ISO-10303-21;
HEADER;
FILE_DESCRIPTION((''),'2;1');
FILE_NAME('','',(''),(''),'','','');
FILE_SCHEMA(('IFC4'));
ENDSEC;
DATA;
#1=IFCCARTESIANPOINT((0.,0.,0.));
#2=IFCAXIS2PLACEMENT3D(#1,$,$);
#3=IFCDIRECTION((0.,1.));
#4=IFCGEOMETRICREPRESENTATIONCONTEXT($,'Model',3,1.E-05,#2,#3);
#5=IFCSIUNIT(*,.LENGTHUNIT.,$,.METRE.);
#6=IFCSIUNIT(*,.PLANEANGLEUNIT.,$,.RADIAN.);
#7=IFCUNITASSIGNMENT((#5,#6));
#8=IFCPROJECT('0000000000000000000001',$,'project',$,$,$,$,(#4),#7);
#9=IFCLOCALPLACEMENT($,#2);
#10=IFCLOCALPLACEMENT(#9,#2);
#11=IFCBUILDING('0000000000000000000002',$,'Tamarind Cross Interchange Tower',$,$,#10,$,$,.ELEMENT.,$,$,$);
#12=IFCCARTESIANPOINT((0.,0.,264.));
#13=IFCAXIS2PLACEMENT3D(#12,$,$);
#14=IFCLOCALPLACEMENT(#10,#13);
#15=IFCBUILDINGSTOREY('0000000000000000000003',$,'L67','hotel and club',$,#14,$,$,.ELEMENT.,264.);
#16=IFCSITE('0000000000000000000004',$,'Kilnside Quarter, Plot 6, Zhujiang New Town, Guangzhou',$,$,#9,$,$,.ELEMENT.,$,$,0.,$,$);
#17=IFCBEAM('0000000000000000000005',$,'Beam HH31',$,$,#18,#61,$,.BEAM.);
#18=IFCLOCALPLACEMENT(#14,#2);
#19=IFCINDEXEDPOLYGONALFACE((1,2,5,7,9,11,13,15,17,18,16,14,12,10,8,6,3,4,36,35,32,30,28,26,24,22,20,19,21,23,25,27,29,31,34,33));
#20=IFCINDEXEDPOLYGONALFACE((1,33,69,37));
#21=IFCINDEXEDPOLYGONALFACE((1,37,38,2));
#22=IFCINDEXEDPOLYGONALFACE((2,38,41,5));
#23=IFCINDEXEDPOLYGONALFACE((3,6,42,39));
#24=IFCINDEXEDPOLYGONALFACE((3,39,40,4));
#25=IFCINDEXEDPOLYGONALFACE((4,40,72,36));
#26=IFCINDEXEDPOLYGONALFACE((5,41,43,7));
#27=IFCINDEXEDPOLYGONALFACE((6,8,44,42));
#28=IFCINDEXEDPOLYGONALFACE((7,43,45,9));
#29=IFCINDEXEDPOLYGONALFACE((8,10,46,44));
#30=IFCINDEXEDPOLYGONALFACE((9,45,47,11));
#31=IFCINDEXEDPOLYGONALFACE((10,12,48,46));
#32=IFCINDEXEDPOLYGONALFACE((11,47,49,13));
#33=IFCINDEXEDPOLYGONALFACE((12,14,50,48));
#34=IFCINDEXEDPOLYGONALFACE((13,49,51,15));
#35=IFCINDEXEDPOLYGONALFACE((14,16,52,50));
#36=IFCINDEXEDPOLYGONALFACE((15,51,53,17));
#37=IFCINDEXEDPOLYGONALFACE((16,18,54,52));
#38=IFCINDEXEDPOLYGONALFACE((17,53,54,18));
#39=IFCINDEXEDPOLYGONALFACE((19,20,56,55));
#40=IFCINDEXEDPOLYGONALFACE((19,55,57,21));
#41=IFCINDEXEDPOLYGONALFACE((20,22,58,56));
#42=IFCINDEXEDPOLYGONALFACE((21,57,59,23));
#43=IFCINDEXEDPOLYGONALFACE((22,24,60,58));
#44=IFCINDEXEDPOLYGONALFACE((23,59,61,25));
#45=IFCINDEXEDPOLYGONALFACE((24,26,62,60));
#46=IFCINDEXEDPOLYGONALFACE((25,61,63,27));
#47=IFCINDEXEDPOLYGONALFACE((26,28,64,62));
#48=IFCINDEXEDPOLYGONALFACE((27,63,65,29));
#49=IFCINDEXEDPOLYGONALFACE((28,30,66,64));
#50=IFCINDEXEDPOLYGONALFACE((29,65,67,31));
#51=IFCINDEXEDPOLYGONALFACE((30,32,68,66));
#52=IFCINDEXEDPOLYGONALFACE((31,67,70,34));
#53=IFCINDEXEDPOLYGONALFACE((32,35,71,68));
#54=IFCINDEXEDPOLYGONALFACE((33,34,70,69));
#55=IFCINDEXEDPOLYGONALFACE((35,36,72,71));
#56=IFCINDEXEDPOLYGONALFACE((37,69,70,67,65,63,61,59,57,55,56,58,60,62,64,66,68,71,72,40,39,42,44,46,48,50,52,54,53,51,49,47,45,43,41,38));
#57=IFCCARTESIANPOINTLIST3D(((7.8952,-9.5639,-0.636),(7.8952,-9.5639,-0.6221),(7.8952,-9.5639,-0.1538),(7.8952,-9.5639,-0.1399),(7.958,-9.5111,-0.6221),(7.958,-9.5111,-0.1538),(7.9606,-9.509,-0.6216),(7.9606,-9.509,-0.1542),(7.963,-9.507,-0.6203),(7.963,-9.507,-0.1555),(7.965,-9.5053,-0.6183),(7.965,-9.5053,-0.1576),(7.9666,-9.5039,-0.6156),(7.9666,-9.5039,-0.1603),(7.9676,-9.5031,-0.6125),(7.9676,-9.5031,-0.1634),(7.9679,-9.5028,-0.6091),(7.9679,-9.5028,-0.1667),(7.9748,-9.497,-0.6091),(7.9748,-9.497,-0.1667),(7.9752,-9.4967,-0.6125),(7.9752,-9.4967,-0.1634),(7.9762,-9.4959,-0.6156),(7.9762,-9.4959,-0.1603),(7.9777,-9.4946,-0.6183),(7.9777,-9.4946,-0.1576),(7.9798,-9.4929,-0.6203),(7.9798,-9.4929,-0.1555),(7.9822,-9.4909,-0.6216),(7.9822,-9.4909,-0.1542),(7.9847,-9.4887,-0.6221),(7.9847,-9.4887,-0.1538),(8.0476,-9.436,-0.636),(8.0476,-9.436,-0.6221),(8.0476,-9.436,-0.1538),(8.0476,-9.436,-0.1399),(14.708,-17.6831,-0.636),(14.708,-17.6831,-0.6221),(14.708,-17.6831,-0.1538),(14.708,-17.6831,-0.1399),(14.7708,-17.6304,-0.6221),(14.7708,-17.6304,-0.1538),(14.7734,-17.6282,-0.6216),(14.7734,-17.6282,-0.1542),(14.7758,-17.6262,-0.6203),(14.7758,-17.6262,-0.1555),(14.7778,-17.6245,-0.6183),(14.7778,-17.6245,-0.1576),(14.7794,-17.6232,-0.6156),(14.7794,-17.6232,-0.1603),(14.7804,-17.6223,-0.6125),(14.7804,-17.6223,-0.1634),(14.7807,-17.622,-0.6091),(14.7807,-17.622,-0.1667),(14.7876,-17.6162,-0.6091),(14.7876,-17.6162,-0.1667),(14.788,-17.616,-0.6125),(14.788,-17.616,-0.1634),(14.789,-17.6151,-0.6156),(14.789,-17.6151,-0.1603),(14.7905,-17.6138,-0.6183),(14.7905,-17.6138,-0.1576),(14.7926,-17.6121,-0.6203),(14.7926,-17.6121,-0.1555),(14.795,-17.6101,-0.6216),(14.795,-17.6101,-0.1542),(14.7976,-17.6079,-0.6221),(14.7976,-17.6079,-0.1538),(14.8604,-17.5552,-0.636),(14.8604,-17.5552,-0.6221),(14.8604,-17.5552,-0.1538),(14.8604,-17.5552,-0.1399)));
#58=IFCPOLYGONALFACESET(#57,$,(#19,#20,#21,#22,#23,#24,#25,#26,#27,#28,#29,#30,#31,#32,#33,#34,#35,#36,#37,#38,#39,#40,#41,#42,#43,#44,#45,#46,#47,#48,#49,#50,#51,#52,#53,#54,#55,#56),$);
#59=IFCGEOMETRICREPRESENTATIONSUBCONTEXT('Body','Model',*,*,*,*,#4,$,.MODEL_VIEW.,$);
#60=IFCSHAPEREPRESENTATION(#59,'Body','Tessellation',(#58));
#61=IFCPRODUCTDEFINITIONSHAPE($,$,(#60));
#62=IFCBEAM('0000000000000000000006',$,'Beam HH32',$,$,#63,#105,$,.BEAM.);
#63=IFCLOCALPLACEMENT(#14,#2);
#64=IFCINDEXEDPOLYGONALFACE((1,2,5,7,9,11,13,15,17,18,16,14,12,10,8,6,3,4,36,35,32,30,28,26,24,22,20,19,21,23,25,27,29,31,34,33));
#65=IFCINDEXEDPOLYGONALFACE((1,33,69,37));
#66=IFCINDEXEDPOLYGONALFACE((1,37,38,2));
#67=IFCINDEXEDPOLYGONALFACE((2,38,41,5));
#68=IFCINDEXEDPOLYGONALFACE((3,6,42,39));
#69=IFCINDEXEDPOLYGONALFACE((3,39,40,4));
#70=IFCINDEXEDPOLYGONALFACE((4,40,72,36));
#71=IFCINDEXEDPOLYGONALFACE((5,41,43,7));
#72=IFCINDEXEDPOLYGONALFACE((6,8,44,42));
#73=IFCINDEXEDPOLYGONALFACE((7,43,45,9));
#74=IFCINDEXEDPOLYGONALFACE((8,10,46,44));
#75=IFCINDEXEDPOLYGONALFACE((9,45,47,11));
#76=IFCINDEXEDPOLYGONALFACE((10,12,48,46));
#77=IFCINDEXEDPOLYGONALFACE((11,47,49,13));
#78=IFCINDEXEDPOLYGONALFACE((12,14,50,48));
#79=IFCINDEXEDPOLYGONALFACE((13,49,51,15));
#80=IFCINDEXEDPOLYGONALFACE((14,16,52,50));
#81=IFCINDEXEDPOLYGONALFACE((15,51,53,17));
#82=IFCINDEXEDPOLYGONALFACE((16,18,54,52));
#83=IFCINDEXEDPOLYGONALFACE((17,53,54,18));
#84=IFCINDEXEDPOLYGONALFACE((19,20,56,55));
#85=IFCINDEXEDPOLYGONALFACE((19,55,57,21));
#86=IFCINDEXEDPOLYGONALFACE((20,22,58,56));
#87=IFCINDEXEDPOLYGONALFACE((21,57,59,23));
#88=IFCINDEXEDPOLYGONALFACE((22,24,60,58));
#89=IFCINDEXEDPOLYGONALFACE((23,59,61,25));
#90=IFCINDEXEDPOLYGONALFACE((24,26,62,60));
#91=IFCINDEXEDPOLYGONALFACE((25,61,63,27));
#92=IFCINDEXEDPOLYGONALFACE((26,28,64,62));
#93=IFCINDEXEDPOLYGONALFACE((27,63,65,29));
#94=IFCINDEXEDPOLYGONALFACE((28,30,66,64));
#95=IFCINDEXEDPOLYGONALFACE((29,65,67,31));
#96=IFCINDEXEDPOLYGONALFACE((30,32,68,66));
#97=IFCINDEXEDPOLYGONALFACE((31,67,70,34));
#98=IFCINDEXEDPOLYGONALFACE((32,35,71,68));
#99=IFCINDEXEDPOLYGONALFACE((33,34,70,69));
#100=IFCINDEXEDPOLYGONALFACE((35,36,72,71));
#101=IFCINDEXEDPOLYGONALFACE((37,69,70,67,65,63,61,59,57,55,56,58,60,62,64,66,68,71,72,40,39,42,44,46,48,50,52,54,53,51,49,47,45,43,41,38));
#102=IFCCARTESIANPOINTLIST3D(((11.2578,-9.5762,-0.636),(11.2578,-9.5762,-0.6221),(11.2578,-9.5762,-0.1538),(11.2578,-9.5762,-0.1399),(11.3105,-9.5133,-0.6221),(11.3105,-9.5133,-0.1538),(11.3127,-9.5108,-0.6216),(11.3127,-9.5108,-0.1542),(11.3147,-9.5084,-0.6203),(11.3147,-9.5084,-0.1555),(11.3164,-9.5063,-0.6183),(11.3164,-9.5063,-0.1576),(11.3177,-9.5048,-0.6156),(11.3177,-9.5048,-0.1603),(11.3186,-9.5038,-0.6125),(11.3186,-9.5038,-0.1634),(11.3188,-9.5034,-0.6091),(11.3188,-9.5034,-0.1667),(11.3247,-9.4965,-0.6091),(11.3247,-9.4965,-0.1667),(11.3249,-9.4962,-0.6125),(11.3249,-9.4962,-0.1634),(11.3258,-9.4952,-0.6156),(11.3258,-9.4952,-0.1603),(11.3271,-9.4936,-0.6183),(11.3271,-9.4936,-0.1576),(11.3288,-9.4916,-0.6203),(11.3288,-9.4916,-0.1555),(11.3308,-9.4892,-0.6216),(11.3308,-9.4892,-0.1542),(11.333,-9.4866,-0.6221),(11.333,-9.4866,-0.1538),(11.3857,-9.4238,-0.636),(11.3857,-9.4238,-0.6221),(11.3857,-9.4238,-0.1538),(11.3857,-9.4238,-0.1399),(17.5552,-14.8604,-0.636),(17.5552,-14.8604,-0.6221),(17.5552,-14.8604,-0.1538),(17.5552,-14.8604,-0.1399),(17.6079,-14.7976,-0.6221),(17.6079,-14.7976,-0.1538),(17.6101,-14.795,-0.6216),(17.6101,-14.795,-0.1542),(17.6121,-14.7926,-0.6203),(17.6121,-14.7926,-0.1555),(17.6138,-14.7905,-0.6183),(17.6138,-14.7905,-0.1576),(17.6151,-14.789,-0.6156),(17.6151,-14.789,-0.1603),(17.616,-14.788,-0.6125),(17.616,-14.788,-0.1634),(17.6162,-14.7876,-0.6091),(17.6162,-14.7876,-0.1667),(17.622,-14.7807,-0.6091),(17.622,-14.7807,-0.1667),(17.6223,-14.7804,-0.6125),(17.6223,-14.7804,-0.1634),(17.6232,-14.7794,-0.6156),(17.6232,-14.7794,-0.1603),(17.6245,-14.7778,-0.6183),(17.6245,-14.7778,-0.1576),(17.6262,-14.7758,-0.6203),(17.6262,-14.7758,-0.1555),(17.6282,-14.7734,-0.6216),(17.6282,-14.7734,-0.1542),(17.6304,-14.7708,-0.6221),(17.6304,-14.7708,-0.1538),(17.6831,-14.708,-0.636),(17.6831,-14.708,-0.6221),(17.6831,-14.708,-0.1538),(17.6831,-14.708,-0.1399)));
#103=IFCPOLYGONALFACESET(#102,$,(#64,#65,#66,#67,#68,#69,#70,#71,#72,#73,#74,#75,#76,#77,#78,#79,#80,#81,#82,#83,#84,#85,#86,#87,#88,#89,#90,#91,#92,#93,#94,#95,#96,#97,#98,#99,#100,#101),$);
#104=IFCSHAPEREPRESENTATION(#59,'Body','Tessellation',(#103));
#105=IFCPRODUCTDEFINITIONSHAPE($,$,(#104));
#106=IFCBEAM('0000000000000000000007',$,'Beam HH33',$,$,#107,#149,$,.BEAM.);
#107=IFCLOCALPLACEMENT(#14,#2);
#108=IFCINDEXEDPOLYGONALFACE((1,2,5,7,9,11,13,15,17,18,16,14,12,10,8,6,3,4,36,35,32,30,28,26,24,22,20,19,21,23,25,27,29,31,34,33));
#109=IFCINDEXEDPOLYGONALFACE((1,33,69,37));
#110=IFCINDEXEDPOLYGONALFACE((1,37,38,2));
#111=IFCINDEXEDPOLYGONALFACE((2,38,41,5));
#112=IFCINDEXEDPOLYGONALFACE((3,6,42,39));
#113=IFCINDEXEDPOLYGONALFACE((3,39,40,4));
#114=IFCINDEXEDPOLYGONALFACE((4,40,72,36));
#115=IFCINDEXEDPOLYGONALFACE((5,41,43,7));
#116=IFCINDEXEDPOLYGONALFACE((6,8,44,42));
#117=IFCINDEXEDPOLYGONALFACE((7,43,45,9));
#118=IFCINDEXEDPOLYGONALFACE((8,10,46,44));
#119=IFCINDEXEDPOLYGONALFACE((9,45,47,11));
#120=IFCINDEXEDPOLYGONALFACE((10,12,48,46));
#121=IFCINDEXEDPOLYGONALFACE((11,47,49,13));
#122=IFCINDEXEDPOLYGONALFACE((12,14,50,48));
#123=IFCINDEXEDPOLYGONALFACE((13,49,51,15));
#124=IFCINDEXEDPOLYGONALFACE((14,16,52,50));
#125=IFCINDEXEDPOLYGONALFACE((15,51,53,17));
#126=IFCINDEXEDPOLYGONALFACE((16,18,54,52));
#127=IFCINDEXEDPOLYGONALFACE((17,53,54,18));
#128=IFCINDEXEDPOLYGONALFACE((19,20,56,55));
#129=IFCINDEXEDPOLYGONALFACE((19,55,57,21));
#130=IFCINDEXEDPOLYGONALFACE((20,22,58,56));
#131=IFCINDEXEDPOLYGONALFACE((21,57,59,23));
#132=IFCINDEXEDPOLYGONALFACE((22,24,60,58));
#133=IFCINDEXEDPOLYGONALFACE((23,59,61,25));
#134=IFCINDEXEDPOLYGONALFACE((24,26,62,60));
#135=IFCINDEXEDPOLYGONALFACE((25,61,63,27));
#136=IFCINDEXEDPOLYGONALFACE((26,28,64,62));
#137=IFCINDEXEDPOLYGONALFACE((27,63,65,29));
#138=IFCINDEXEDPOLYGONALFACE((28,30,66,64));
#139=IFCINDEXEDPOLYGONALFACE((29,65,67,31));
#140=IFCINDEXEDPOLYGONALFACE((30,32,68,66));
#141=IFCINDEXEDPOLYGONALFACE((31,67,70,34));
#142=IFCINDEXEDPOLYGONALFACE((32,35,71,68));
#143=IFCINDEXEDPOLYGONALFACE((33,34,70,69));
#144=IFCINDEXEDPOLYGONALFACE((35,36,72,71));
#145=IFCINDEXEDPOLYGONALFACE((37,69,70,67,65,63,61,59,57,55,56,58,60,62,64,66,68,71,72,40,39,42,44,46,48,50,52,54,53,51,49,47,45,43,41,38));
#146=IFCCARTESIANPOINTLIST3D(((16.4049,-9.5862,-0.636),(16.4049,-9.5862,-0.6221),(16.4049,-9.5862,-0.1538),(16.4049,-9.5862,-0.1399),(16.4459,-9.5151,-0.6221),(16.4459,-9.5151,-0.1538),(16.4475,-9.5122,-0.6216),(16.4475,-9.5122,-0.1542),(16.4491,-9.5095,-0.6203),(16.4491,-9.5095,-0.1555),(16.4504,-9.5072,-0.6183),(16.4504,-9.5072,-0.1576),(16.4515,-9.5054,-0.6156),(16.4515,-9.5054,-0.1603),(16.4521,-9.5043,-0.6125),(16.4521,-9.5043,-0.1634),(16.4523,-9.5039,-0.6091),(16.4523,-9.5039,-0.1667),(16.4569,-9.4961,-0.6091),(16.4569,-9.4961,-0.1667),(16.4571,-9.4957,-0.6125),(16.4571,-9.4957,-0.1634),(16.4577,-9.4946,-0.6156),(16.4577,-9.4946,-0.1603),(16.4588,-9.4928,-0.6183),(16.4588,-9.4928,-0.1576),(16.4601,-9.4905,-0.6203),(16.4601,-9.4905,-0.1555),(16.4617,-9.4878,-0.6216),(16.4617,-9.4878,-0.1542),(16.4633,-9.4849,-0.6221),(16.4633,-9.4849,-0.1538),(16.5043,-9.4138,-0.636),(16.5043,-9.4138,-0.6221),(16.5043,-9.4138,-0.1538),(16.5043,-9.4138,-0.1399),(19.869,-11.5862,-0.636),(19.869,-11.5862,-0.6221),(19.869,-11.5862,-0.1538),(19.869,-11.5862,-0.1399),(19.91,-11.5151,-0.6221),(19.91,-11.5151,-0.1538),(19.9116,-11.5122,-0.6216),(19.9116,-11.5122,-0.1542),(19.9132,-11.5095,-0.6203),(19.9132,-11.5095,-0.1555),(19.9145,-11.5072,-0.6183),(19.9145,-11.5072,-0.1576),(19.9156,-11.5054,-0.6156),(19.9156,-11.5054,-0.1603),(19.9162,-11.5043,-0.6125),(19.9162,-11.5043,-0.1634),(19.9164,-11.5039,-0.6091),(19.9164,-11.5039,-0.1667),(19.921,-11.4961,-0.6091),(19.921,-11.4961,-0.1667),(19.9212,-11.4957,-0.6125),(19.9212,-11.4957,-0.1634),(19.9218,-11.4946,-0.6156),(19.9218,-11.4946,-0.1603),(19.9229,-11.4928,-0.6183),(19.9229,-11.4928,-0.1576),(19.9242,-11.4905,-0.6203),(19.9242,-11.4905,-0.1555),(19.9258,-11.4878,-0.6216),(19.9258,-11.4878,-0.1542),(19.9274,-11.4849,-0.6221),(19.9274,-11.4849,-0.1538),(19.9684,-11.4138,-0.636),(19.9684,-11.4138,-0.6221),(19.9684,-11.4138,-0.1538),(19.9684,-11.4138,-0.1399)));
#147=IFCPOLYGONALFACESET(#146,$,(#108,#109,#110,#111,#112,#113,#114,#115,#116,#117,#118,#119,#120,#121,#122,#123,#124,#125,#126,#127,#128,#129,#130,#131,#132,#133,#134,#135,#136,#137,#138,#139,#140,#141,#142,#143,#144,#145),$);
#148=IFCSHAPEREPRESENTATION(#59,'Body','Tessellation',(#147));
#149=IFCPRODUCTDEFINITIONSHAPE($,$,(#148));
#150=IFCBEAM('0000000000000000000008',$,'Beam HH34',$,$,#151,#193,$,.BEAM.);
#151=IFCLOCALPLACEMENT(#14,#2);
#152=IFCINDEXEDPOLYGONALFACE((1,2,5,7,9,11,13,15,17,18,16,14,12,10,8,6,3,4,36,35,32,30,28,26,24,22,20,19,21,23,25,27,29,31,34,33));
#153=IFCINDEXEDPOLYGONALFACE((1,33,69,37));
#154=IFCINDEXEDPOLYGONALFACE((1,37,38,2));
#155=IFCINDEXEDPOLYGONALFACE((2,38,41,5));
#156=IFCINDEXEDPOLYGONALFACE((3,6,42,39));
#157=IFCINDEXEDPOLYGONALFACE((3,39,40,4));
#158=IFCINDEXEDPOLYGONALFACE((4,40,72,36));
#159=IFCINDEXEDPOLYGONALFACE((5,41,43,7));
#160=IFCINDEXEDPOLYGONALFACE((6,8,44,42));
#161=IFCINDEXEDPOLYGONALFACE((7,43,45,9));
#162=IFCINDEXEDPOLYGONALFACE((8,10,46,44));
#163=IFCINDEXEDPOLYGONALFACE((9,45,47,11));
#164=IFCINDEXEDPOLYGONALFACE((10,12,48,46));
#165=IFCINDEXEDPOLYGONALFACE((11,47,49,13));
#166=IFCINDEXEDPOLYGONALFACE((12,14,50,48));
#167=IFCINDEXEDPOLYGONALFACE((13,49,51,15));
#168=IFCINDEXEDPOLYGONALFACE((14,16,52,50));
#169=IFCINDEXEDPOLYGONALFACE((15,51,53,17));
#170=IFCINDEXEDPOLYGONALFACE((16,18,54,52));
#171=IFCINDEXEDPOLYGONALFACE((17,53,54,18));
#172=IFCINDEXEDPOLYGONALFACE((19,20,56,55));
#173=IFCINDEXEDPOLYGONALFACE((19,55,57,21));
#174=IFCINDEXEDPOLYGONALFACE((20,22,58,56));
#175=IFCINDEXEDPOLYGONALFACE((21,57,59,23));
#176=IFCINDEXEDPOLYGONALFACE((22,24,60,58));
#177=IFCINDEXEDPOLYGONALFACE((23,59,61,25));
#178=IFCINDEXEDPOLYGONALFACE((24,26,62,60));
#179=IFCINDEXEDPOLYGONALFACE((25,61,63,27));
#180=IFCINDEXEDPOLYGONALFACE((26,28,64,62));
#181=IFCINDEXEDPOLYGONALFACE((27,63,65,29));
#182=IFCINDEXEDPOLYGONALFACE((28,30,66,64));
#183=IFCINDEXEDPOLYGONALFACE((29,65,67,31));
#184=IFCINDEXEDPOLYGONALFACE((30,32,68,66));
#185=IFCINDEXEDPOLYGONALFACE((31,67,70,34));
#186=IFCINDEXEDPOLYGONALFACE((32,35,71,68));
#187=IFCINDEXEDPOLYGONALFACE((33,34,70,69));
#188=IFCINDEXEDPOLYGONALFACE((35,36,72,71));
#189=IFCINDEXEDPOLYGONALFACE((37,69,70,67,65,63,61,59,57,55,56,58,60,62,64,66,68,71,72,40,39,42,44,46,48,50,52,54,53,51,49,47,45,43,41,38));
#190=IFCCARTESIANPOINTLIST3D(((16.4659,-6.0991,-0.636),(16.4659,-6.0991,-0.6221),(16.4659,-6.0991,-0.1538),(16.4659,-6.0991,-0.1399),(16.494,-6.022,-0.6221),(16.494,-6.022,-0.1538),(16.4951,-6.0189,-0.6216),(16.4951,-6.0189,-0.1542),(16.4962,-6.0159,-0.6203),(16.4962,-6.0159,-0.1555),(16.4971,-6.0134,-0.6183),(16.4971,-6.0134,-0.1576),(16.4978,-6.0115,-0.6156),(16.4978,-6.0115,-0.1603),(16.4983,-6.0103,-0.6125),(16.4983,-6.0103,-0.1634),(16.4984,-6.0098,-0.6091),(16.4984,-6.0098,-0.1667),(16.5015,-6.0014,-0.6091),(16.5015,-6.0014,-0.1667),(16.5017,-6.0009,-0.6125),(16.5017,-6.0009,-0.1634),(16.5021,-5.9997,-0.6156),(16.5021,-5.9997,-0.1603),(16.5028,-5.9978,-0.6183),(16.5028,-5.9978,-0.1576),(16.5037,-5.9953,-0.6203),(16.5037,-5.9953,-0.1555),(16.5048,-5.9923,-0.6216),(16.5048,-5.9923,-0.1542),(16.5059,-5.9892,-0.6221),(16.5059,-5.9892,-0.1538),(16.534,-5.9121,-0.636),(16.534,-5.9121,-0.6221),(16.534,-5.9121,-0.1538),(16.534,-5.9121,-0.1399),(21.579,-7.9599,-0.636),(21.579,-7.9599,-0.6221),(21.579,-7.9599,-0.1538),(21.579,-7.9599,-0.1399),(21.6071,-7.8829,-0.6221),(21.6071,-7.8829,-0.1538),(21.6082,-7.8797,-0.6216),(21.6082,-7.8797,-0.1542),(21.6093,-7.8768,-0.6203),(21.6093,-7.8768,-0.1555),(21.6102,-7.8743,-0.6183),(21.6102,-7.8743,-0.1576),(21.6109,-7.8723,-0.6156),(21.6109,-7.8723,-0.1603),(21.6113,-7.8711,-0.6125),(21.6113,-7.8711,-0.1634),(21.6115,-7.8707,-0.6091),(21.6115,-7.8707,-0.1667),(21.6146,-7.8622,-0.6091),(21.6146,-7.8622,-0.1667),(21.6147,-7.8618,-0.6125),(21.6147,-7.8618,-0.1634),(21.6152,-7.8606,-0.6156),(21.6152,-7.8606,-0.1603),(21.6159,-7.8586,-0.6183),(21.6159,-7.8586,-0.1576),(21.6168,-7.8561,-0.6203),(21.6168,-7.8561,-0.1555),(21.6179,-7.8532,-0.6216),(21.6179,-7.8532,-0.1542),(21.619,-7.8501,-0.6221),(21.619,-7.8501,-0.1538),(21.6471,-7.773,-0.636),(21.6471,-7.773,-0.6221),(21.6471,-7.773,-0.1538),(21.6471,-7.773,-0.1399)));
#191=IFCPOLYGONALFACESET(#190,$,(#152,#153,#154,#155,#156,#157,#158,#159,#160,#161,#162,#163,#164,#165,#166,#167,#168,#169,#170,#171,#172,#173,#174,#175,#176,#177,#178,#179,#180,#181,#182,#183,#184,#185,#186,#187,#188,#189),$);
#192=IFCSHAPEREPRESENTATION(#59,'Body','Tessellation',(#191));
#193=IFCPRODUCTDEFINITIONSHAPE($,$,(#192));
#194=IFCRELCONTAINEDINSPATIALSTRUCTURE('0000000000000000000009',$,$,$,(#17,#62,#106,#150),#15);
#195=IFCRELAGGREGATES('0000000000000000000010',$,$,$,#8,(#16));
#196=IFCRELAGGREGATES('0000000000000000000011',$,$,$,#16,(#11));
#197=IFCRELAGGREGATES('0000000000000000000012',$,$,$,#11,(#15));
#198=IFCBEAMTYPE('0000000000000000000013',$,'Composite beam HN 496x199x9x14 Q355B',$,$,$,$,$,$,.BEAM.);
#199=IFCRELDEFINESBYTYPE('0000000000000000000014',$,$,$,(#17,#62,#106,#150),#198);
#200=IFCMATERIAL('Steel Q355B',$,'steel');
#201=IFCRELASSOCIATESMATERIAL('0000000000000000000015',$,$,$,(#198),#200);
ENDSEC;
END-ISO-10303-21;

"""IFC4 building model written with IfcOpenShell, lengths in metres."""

from ifc_helpers import new_model, si_unit, direction, frame, origin, origin_2d, place, context, subcontext, project, spatial, i_section, extrude, material, material_profile, profile_set, type_object, element, save


model = new_model("IFC4")

# Units and contexts
model_context = context("Model", 3, precision=1e-05, world=origin(), true_north=direction((0.0, 1.0)))
body_context = subcontext(model_context, "Body", "Model", "MODEL_VIEW")
ifc_project = project(units=[si_unit("LENGTHUNIT", "METRE"), si_unit("PLANEANGLEUNIT", "RADIAN")], contexts=[model_context])

# Site, building, storey
site_placement = place(None, origin())
site = spatial("IfcSite", under=ifc_project, at=site_placement, Name="Kilnside Quarter, Plot 6, Zhujiang New Town, Guangzhou", CompositionType="ELEMENT", RefElevation=0.0)
building_placement = place(site_placement, origin())
building = spatial("IfcBuilding", under=site, at=building_placement, Name="Tamarind Cross Interchange Tower", CompositionType="ELEMENT")
storey_placement = place(building_placement, frame((0.0, 0.0, 264.0)))
storey = spatial("IfcBuildingStorey", under=building, at=storey_placement, Name="L67", Description="hotel and club", CompositionType="ELEMENT", Elevation=264.0)

# Beams
ifc_material_1 = material(Name="Steel Q355B", Category="steel")
ifc_material_profile_1 = material_profile(ifc_material_1, i_section(OverallWidth=0.199, OverallDepth=0.4961, WebThickness=0.009, FlangeThickness=0.0139, FilletRadius=0.0129, at=origin_2d()), Name="HN 496x199x9x14")
ifc_profile_set_1 = profile_set([ifc_material_profile_1], Name="Steel Q355B")
beam_type = type_object("IfcBeamType", Name="Composite beam HN 496x199x9x14 Q355B", PredefinedType="BEAM", material=ifc_profile_set_1)
beam_1_placement = place(storey_placement, frame((14.7842, -17.6191, -0.3879), z_axis=(-0.642786, 0.766046, 0.0), x_axis=(-0.766046, -0.642786, 0.0)))
element("IfcBeam", 1, at=beam_1_placement, inside=storey, type_object=beam_type, Name="Beam HH31", PredefinedType="BEAM", context=body_context, shape_type="SweptSolid", body=[
    extrude(i_section(OverallWidth=0.199, OverallDepth=0.4961, WebThickness=0.009, FlangeThickness=0.0139, FilletRadius=0.0129, at=origin_2d()), origin(), (0.0, 0.0, 1.0), 10.5989),
])
beam_2_placement = place(storey_placement, frame((17.6191, -14.7842, -0.3879), z_axis=(-0.766041, 0.642792, 0.0), x_axis=(-0.642792, -0.766041, 0.0)))
element("IfcBeam", 2, at=beam_2_placement, inside=storey, type_object=beam_type, Name="Beam HH32", PredefinedType="BEAM", context=body_context, shape_type="SweptSolid", body=[
    extrude(i_section(OverallWidth=0.199, OverallDepth=0.4961, WebThickness=0.009, FlangeThickness=0.0139, FilletRadius=0.0129, at=origin_2d()), origin(), (0.0, 0.0, 1.0), 8.2207),
])
beam_3_placement = place(storey_placement, frame((19.9187, -11.5, -0.3879), z_axis=(-0.866026, 0.499999, 0.0), x_axis=(-0.499999, -0.866026, 0.0)))
element("IfcBeam", 3, at=beam_3_placement, inside=storey, type_object=beam_type, Name="Beam HH33", PredefinedType="BEAM", context=body_context, shape_type="SweptSolid", body=[
    extrude(i_section(OverallWidth=0.199, OverallDepth=0.4961, WebThickness=0.009, FlangeThickness=0.0139, FilletRadius=0.0129, at=origin_2d()), origin(), (0.0, 0.0, 1.0), 4.0),
])
beam_4_placement = place(storey_placement, frame((21.613, -7.8665, -0.3879), z_axis=(-0.939702, 0.341995, 0.0), x_axis=(-0.341995, -0.939702, 0.0)))
element("IfcBeam", 4, at=beam_4_placement, inside=storey, type_object=beam_type, Name="Beam HH34", PredefinedType="BEAM", context=body_context, shape_type="SweptSolid", body=[
    extrude(i_section(OverallWidth=0.199, OverallDepth=0.4961, WebThickness=0.009, FlangeThickness=0.0139, FilletRadius=0.0129, at=origin_2d()), origin(), (0.0, 0.0, 1.0), 5.4412),
])

save(model, "model.ifc")
